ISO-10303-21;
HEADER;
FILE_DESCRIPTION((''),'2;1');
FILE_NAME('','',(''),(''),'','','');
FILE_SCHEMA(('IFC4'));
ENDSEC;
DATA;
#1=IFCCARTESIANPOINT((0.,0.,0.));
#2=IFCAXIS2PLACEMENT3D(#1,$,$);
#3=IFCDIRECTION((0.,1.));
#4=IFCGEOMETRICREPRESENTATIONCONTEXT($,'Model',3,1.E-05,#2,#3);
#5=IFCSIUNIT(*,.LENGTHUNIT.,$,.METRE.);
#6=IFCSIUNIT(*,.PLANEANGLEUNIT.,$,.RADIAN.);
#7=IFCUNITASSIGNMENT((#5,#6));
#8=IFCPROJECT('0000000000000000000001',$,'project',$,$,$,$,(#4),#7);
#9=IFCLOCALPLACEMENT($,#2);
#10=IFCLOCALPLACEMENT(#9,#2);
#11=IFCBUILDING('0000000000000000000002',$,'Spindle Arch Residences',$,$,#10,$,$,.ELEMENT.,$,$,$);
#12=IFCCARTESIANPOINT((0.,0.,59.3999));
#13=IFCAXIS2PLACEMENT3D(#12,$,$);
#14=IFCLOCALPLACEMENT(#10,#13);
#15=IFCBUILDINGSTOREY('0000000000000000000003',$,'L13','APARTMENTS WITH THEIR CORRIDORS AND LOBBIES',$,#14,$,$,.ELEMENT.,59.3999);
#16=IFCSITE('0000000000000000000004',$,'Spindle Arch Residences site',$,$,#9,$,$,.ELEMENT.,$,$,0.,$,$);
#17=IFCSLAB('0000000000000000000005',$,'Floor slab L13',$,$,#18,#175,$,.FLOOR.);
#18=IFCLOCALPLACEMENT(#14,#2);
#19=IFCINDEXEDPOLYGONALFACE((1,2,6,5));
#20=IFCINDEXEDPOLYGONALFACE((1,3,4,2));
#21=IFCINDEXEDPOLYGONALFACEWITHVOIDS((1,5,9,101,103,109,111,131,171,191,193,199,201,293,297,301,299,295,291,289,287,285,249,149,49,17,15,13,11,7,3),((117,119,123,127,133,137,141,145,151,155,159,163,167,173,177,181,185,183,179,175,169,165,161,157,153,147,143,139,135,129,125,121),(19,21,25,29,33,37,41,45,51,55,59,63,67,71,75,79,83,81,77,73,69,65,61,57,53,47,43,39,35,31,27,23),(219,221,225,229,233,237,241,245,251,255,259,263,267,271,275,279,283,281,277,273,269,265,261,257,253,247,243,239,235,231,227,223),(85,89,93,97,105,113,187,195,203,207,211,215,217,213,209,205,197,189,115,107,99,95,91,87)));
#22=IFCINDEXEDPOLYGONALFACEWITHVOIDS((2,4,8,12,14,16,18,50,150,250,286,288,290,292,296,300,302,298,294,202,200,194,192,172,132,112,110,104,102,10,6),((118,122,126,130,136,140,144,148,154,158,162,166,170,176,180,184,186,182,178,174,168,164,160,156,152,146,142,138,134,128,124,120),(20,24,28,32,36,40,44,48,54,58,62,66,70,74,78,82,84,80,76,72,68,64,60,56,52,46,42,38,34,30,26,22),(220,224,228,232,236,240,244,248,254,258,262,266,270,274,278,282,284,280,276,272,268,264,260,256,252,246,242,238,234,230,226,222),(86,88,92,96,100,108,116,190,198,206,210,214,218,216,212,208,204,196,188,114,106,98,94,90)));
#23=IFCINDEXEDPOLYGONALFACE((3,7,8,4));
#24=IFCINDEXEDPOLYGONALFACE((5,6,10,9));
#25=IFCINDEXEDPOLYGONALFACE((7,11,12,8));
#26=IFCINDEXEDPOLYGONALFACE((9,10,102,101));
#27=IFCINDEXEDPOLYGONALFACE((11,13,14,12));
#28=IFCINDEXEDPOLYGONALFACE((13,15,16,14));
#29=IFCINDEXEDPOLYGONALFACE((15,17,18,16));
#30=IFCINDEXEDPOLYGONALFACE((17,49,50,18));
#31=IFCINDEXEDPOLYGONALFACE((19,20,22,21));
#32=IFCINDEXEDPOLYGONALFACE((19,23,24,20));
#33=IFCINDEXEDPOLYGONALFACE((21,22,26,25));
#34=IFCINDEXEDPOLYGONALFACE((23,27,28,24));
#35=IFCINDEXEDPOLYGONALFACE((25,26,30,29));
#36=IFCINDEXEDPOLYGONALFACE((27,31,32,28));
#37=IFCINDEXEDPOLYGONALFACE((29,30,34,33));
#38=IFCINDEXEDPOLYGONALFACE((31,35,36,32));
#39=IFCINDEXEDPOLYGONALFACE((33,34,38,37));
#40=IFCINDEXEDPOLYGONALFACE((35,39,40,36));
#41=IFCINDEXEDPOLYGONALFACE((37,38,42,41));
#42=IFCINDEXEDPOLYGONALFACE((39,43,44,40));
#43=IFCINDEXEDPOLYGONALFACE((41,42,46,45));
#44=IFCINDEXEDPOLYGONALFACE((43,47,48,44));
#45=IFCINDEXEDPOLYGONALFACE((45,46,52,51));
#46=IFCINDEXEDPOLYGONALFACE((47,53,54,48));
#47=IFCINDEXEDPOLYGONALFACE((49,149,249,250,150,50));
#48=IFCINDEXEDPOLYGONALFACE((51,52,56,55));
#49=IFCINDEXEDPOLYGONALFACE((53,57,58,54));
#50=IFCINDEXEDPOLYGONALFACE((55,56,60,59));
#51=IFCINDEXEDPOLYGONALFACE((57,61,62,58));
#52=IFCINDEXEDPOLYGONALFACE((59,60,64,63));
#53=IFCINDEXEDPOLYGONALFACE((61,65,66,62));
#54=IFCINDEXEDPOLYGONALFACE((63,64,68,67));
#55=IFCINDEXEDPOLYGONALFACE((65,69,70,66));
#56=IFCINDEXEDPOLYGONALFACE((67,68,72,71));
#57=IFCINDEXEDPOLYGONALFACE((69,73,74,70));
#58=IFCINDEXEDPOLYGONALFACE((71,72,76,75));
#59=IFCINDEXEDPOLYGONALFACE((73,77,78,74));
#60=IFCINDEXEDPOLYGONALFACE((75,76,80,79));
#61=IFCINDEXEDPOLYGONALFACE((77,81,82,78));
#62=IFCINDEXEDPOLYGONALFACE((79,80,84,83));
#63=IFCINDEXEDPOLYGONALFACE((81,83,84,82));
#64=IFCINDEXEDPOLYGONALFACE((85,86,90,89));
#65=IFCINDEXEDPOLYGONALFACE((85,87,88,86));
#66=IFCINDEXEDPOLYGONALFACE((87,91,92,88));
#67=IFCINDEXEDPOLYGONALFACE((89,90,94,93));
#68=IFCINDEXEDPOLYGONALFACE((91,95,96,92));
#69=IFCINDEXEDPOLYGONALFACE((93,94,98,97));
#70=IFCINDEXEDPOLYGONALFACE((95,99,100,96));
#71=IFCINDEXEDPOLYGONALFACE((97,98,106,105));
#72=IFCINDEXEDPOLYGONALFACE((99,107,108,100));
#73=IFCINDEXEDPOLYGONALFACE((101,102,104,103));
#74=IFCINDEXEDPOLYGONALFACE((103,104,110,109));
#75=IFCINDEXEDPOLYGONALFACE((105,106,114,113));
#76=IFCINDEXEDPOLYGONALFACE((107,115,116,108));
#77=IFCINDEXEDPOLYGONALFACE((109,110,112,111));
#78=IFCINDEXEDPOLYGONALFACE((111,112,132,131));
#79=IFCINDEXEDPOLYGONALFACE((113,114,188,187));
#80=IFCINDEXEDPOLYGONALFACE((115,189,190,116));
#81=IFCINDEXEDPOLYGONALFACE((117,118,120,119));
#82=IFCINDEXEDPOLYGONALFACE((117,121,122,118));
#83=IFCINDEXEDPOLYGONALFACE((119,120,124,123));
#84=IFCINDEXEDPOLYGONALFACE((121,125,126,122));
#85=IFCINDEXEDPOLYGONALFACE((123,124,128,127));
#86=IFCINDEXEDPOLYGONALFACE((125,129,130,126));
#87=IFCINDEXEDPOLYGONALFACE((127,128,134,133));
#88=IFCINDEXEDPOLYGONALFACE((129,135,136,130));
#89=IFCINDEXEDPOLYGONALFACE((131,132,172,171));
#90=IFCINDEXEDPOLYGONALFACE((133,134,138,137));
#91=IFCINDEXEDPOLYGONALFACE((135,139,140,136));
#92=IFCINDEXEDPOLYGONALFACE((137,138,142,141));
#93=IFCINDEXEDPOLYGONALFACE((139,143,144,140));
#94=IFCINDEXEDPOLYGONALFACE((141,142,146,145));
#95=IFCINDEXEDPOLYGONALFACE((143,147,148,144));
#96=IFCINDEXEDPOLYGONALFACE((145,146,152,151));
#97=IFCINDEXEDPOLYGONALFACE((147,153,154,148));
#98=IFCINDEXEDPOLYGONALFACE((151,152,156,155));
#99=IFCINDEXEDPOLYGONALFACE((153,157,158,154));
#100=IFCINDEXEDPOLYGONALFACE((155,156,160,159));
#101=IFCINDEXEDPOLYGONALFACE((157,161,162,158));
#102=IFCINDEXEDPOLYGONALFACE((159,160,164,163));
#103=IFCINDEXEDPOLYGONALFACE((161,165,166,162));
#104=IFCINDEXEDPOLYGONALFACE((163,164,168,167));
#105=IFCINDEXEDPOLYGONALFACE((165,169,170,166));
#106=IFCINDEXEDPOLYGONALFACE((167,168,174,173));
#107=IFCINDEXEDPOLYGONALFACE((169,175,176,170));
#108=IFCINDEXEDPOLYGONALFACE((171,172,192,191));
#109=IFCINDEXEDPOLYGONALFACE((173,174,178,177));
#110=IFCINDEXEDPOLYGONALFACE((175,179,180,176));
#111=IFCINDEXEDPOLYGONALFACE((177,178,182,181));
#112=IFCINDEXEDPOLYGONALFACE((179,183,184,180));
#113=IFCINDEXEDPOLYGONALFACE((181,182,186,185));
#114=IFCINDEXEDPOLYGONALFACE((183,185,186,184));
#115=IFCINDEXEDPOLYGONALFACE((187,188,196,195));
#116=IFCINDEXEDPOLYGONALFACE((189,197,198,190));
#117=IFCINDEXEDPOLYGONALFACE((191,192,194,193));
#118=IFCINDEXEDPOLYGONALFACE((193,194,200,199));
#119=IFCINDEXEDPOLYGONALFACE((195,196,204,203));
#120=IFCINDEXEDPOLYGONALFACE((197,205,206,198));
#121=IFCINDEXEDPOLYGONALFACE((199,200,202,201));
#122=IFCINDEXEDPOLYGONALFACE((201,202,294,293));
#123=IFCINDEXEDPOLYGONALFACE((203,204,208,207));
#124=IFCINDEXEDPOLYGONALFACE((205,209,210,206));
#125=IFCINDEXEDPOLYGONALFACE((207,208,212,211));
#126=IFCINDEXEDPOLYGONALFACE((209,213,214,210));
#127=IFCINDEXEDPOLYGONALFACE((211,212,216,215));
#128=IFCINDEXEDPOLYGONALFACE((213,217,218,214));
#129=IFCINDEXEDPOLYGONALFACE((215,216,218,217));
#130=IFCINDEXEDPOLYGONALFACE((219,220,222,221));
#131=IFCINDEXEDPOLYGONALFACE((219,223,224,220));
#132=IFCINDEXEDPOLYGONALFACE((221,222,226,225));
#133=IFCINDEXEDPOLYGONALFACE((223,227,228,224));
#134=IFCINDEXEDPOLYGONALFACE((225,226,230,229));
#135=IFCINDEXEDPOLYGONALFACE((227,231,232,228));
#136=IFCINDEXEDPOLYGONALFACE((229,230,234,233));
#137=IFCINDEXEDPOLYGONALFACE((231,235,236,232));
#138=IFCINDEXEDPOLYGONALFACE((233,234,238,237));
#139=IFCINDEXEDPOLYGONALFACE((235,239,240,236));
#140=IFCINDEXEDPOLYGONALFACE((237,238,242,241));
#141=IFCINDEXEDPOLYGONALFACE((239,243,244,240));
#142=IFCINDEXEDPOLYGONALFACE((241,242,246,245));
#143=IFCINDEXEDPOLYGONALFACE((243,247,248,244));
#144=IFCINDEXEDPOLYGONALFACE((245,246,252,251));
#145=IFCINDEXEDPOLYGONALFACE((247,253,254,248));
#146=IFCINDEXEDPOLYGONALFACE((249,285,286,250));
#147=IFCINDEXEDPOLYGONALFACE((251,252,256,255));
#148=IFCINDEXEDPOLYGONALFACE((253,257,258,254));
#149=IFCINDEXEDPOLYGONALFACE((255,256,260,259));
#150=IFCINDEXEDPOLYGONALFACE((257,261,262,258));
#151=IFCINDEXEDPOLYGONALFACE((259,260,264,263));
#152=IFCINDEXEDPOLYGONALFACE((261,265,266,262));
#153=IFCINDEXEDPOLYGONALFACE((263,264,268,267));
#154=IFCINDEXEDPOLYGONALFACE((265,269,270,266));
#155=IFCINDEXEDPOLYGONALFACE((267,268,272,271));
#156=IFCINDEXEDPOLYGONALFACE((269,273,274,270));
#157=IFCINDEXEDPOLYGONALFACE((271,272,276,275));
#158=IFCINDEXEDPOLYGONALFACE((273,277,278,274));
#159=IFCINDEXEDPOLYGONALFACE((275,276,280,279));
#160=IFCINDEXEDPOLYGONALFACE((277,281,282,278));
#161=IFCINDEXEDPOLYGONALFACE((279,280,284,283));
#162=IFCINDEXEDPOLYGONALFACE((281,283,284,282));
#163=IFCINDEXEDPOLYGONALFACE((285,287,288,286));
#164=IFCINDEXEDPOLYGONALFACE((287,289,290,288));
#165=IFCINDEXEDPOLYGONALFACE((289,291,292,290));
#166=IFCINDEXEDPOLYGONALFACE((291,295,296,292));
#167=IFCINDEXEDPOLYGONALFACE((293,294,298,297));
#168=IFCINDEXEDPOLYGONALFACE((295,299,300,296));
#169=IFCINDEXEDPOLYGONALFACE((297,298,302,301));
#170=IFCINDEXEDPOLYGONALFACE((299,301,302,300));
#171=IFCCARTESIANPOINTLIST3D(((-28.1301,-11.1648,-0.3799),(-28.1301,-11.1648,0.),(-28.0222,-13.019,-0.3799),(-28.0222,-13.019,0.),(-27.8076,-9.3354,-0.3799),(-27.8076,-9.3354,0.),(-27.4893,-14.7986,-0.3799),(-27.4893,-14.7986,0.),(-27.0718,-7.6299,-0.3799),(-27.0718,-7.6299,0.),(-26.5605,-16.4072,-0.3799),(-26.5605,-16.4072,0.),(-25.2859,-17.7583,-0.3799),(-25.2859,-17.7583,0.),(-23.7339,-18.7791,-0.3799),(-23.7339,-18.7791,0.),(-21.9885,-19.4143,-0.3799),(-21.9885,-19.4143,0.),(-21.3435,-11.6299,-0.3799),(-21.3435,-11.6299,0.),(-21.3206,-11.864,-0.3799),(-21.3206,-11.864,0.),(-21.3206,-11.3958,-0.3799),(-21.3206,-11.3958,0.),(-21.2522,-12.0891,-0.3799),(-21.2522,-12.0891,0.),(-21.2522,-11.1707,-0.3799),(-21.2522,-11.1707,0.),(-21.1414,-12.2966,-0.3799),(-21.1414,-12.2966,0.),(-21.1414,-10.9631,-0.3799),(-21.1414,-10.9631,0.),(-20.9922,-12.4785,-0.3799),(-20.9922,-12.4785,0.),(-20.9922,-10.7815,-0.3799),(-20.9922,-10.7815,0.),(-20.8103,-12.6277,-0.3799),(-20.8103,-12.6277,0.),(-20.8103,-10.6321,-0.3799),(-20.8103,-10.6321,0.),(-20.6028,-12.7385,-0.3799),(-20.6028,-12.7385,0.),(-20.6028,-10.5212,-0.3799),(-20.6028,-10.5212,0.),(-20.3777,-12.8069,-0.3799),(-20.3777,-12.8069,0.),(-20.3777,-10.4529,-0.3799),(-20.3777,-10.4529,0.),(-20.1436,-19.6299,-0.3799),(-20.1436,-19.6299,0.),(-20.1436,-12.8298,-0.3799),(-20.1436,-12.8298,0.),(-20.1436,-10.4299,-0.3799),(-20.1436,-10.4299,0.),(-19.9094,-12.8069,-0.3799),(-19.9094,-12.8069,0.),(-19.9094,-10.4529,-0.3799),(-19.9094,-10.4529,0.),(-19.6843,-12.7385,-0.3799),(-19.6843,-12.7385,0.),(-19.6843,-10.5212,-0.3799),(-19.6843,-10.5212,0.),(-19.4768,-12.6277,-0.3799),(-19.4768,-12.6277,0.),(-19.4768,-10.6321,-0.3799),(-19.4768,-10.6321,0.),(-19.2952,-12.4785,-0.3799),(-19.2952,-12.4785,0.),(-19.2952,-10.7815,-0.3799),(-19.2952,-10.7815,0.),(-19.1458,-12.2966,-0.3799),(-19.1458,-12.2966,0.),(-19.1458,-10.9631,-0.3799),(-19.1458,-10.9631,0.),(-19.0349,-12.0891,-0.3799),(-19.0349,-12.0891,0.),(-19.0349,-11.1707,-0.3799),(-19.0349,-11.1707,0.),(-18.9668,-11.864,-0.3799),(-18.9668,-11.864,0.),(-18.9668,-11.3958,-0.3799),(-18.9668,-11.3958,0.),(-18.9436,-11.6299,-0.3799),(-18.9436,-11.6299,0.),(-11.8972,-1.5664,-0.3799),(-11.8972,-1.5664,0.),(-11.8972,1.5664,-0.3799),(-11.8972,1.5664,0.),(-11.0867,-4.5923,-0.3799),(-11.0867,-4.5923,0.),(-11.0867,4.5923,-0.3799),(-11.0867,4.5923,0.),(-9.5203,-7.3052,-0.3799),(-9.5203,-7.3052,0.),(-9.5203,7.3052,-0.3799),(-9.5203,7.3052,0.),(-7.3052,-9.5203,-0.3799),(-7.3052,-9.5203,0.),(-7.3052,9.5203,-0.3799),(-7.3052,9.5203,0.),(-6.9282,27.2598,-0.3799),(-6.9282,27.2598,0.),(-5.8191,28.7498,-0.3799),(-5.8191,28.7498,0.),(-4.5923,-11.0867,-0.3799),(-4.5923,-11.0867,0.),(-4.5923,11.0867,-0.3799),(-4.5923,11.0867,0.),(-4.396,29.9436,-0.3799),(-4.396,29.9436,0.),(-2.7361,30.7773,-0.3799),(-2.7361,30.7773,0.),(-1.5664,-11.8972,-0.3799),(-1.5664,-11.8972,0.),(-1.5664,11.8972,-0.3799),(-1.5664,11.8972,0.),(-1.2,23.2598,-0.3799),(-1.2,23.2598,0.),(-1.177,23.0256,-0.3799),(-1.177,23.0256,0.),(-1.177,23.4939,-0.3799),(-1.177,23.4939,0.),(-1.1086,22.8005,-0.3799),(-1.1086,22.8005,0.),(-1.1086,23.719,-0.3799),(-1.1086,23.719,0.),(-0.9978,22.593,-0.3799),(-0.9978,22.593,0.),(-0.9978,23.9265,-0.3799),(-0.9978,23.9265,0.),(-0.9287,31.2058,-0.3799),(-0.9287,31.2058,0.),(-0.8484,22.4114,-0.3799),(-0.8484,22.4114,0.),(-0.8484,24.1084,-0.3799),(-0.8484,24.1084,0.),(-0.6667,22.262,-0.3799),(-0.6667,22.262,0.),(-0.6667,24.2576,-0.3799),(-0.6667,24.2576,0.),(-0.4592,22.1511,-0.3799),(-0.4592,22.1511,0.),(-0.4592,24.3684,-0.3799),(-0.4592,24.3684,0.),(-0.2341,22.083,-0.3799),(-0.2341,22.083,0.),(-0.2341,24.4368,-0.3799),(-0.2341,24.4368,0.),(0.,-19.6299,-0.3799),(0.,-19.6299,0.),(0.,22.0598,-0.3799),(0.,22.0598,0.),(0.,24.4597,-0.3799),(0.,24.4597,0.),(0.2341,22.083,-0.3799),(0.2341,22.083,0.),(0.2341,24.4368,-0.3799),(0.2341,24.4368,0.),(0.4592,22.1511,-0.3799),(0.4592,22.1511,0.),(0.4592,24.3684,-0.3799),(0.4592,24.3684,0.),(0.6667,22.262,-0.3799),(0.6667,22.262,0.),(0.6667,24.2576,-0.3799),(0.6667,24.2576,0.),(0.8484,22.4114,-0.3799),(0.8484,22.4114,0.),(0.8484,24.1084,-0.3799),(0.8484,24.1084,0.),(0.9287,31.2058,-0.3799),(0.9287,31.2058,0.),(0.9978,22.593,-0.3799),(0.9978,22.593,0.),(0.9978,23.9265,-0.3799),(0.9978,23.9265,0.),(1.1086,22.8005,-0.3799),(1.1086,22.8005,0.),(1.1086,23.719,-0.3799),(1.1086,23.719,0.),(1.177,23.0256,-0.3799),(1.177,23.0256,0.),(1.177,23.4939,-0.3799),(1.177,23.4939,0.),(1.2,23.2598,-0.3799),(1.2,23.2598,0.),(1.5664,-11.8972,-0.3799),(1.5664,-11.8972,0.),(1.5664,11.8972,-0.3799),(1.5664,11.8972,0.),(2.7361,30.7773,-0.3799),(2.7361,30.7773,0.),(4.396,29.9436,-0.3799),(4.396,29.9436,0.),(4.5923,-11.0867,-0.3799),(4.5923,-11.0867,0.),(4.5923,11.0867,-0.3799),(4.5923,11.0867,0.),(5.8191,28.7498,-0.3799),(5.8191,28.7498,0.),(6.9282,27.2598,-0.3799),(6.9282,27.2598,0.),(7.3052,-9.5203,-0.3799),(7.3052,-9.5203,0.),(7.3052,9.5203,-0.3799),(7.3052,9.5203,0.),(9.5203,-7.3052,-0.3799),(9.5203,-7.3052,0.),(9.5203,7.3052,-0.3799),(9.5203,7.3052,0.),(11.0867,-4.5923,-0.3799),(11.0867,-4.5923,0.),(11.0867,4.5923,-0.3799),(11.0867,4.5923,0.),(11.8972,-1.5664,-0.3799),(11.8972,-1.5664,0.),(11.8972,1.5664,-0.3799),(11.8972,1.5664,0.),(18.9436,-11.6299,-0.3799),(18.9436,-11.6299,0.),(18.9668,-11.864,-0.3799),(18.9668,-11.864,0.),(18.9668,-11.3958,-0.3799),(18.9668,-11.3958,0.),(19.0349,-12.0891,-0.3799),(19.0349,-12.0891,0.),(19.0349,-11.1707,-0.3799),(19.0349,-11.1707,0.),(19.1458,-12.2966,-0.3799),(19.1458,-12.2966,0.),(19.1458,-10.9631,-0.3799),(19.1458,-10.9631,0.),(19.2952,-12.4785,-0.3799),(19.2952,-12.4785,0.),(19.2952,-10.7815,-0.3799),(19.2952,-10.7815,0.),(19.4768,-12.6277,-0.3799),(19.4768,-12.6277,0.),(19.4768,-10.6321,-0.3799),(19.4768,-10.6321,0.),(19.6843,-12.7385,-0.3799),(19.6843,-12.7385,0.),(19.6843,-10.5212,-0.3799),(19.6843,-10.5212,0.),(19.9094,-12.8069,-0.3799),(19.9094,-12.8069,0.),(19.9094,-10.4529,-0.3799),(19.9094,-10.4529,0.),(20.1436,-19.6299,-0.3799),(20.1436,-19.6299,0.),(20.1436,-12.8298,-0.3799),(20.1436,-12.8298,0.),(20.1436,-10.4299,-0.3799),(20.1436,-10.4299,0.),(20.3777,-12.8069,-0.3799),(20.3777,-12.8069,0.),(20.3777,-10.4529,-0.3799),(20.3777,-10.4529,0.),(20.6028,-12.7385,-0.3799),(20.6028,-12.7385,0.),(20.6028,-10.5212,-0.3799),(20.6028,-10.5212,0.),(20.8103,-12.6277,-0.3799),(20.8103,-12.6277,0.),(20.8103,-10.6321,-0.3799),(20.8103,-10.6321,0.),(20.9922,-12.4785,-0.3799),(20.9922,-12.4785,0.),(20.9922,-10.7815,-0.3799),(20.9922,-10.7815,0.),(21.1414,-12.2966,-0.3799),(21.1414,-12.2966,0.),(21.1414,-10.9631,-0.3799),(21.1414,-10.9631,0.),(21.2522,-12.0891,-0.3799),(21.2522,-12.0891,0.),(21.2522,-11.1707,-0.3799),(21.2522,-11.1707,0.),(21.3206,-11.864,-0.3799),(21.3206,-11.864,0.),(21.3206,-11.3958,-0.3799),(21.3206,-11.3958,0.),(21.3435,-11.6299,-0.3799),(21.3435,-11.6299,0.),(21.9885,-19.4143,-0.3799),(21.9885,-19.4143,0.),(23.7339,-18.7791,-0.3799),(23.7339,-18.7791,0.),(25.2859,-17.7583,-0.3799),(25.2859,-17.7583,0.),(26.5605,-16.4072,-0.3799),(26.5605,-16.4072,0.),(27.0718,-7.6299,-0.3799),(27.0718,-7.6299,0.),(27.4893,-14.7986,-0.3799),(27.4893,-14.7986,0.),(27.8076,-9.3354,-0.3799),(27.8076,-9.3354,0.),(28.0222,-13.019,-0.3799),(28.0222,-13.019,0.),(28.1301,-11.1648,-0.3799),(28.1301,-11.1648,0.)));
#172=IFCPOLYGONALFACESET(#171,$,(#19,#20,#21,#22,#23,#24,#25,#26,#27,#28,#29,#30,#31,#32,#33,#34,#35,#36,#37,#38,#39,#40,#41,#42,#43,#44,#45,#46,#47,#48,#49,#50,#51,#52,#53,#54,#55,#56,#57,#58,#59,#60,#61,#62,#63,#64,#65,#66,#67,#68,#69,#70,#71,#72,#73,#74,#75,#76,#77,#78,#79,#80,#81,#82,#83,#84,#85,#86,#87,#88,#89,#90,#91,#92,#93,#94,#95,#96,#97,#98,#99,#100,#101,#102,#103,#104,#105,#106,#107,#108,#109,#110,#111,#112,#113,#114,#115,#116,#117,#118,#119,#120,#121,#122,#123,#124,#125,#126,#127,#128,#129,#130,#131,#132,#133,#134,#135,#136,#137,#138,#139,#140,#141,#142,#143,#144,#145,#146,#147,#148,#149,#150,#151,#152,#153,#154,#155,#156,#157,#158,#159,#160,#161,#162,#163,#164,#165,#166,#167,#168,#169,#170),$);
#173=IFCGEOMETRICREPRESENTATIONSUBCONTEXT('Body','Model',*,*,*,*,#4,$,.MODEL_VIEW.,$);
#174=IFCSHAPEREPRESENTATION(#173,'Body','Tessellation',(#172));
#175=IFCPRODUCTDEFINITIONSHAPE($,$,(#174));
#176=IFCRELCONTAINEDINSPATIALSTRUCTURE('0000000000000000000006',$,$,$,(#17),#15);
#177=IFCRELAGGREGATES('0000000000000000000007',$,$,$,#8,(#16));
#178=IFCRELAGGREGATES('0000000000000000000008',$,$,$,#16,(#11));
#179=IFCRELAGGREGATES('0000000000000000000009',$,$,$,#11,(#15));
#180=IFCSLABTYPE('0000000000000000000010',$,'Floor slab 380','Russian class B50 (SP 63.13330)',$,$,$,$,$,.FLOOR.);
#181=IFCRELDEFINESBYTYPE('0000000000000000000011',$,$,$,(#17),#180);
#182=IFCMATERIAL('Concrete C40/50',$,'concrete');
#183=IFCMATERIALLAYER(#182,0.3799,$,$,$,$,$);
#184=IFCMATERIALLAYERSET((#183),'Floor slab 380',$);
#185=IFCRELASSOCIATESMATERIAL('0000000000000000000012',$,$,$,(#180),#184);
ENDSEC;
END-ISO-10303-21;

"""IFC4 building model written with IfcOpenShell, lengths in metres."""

from ifc_helpers import new_model, si_unit, direction, frame, origin, place, context, subcontext, project, spatial, polyline, outline, extrude, material, layer, layer_set, type_object, element, save


model = new_model("IFC4")

# Units and contexts
model_context = context("Model", 3, precision=1e-05, world=origin(), true_north=direction((0.0, 1.0)))
body_context = subcontext(model_context, "Body", "Model", "MODEL_VIEW")
ifc_project = project(units=[si_unit("LENGTHUNIT", "METRE"), si_unit("PLANEANGLEUNIT", "RADIAN")], contexts=[model_context])

# Site, building, storey
site_placement = place(None, origin())
site = spatial("IfcSite", under=ifc_project, at=site_placement, Name="Spindle Arch Residences site", CompositionType="ELEMENT", RefElevation=0.0)
building_placement = place(site_placement, origin())
building = spatial("IfcBuilding", under=site, at=building_placement, Name="Spindle Arch Residences", CompositionType="ELEMENT")
storey_placement = place(building_placement, frame((0.0, 0.0, 59.3999)))
storey = spatial("IfcBuildingStorey", under=building, at=storey_placement, Name="L13", Description="APARTMENTS WITH THEIR CORRIDORS AND LOBBIES", CompositionType="ELEMENT", Elevation=59.3999)

# Slab
ifc_material_1 = material(Name="Concrete C40/50", Category="concrete")
ifc_layer_1 = layer(ifc_material_1, 0.3799)
ifc_layer_set_1 = layer_set([ifc_layer_1], Name="Floor slab 380")
slab_type_1 = type_object("IfcSlabType", Name="Floor slab 380", Description="Russian class B50 (SP 63.13330)", PredefinedType="FLOOR", material=ifc_layer_set_1)
slab_1_placement = place(storey_placement, frame((0.0, 0.0, -0.3799)))
element("IfcSlab", 1, at=slab_1_placement, inside=storey, type_object=slab_type_1, Name="Floor slab L13", PredefinedType="FLOOR", context=body_context, shape_type="SweptSolid", body=[
    extrude(outline(polyline([(-21.9885, -19.4143), (-23.7339, -18.7791), (-25.2859, -17.7583), (-26.5605, -16.4072), (-27.4893, -14.7986), (-28.0222, -13.019), (-28.1301, -11.1648), (-27.8076, -9.3354), (-27.0718, -7.6299), (-6.9282, 27.2598), (-5.8191, 28.7498), (-4.396, 29.9436), (-2.7361, 30.7773), (-0.9287, 31.2058), (0.9287, 31.2058), (2.7361, 30.7773), (4.396, 29.9436), (5.8191, 28.7498), (6.9282, 27.2598), (27.0718, -7.6299), (27.8076, -9.3354), (28.1301, -11.1648), (28.0222, -13.019), (27.4893, -14.7986), (26.5605, -16.4072), (25.2859, -17.7583), (23.7339, -18.7791), (21.9885, -19.4143), (20.1436, -19.6299), (0.0, -19.6299), (-20.1436, -19.6299), (-21.9885, -19.4143)]), holes=[polyline([(7.3052, -9.5203), (9.5203, -7.3052), (11.0867, -4.5923), (11.8972, -1.5664), (11.8972, 1.5664), (11.0867, 4.5923), (9.5203, 7.3052), (7.3052, 9.5203), (4.5923, 11.0867), (1.5664, 11.8972), (-1.5664, 11.8972), (-4.5923, 11.0867), (-7.3052, 9.5203), (-9.5203, 7.3052), (-11.0867, 4.5923), (-11.8972, 1.5664), (-11.8972, -1.5664), (-11.0867, -4.5923), (-9.5203, -7.3052), (-7.3052, -9.5203), (-4.5923, -11.0867), (-1.5664, -11.8972), (1.5664, -11.8972), (4.5923, -11.0867), (7.3052, -9.5203)]), polyline([(-19.2952, -12.4785), (-19.1458, -12.2966), (-19.0349, -12.0891), (-18.9668, -11.864), (-18.9436, -11.6299), (-18.9668, -11.3958), (-19.0349, -11.1707), (-19.1458, -10.9631), (-19.2952, -10.7815), (-19.4768, -10.6321), (-19.6843, -10.5212), (-19.9094, -10.4529), (-20.1436, -10.4299), (-20.3777, -10.4529), (-20.6028, -10.5212), (-20.8103, -10.6321), (-20.9922, -10.7815), (-21.1414, -10.9631), (-21.2522, -11.1707), (-21.3206, -11.3958), (-21.3435, -11.6299), (-21.3206, -11.864), (-21.2522, -12.0891), (-21.1414, -12.2966), (-20.9922, -12.4785), (-20.8103, -12.6277), (-20.6028, -12.7385), (-20.3777, -12.8069), (-20.1436, -12.8298), (-19.9094, -12.8069), (-19.6843, -12.7385), (-19.4768, -12.6277), (-19.2952, -12.4785)]), polyline([(0.8484, 22.4114), (0.9978, 22.593), (1.1086, 22.8005), (1.177, 23.0256), (1.2, 23.2598), (1.177, 23.4939), (1.1086, 23.719), (0.9978, 23.9265), (0.8484, 24.1084), (0.6667, 24.2576), (0.4592, 24.3684), (0.2341, 24.4368), (0.0, 24.4597), (-0.2341, 24.4368), (-0.4592, 24.3684), (-0.6667, 24.2576), (-0.8484, 24.1084), (-0.9978, 23.9265), (-1.1086, 23.719), (-1.177, 23.4939), (-1.2, 23.2598), (-1.177, 23.0256), (-1.1086, 22.8005), (-0.9978, 22.593), (-0.8484, 22.4114), (-0.6667, 22.262), (-0.4592, 22.1511), (-0.2341, 22.083), (0.0, 22.0598), (0.2341, 22.083), (0.4592, 22.1511), (0.6667, 22.262), (0.8484, 22.4114)]), polyline([(20.9922, -12.4785), (21.1414, -12.2966), (21.2522, -12.0891), (21.3206, -11.864), (21.3435, -11.6299), (21.3206, -11.3958), (21.2522, -11.1707), (21.1414, -10.9631), (20.9922, -10.7815), (20.8103, -10.6321), (20.6028, -10.5212), (20.3777, -10.4529), (20.1436, -10.4299), (19.9094, -10.4529), (19.6843, -10.5212), (19.4768, -10.6321), (19.2952, -10.7815), (19.1458, -10.9631), (19.0349, -11.1707), (18.9668, -11.3958), (18.9436, -11.6299), (18.9668, -11.864), (19.0349, -12.0891), (19.1458, -12.2966), (19.2952, -12.4785), (19.4768, -12.6277), (19.6843, -12.7385), (19.9094, -12.8069), (20.1436, -12.8298), (20.3777, -12.8069), (20.6028, -12.7385), (20.8103, -12.6277), (20.9922, -12.4785)])]), origin(), (0.0, 0.0, 1.0), 0.3799),
])

save(model, "model.ifc")
